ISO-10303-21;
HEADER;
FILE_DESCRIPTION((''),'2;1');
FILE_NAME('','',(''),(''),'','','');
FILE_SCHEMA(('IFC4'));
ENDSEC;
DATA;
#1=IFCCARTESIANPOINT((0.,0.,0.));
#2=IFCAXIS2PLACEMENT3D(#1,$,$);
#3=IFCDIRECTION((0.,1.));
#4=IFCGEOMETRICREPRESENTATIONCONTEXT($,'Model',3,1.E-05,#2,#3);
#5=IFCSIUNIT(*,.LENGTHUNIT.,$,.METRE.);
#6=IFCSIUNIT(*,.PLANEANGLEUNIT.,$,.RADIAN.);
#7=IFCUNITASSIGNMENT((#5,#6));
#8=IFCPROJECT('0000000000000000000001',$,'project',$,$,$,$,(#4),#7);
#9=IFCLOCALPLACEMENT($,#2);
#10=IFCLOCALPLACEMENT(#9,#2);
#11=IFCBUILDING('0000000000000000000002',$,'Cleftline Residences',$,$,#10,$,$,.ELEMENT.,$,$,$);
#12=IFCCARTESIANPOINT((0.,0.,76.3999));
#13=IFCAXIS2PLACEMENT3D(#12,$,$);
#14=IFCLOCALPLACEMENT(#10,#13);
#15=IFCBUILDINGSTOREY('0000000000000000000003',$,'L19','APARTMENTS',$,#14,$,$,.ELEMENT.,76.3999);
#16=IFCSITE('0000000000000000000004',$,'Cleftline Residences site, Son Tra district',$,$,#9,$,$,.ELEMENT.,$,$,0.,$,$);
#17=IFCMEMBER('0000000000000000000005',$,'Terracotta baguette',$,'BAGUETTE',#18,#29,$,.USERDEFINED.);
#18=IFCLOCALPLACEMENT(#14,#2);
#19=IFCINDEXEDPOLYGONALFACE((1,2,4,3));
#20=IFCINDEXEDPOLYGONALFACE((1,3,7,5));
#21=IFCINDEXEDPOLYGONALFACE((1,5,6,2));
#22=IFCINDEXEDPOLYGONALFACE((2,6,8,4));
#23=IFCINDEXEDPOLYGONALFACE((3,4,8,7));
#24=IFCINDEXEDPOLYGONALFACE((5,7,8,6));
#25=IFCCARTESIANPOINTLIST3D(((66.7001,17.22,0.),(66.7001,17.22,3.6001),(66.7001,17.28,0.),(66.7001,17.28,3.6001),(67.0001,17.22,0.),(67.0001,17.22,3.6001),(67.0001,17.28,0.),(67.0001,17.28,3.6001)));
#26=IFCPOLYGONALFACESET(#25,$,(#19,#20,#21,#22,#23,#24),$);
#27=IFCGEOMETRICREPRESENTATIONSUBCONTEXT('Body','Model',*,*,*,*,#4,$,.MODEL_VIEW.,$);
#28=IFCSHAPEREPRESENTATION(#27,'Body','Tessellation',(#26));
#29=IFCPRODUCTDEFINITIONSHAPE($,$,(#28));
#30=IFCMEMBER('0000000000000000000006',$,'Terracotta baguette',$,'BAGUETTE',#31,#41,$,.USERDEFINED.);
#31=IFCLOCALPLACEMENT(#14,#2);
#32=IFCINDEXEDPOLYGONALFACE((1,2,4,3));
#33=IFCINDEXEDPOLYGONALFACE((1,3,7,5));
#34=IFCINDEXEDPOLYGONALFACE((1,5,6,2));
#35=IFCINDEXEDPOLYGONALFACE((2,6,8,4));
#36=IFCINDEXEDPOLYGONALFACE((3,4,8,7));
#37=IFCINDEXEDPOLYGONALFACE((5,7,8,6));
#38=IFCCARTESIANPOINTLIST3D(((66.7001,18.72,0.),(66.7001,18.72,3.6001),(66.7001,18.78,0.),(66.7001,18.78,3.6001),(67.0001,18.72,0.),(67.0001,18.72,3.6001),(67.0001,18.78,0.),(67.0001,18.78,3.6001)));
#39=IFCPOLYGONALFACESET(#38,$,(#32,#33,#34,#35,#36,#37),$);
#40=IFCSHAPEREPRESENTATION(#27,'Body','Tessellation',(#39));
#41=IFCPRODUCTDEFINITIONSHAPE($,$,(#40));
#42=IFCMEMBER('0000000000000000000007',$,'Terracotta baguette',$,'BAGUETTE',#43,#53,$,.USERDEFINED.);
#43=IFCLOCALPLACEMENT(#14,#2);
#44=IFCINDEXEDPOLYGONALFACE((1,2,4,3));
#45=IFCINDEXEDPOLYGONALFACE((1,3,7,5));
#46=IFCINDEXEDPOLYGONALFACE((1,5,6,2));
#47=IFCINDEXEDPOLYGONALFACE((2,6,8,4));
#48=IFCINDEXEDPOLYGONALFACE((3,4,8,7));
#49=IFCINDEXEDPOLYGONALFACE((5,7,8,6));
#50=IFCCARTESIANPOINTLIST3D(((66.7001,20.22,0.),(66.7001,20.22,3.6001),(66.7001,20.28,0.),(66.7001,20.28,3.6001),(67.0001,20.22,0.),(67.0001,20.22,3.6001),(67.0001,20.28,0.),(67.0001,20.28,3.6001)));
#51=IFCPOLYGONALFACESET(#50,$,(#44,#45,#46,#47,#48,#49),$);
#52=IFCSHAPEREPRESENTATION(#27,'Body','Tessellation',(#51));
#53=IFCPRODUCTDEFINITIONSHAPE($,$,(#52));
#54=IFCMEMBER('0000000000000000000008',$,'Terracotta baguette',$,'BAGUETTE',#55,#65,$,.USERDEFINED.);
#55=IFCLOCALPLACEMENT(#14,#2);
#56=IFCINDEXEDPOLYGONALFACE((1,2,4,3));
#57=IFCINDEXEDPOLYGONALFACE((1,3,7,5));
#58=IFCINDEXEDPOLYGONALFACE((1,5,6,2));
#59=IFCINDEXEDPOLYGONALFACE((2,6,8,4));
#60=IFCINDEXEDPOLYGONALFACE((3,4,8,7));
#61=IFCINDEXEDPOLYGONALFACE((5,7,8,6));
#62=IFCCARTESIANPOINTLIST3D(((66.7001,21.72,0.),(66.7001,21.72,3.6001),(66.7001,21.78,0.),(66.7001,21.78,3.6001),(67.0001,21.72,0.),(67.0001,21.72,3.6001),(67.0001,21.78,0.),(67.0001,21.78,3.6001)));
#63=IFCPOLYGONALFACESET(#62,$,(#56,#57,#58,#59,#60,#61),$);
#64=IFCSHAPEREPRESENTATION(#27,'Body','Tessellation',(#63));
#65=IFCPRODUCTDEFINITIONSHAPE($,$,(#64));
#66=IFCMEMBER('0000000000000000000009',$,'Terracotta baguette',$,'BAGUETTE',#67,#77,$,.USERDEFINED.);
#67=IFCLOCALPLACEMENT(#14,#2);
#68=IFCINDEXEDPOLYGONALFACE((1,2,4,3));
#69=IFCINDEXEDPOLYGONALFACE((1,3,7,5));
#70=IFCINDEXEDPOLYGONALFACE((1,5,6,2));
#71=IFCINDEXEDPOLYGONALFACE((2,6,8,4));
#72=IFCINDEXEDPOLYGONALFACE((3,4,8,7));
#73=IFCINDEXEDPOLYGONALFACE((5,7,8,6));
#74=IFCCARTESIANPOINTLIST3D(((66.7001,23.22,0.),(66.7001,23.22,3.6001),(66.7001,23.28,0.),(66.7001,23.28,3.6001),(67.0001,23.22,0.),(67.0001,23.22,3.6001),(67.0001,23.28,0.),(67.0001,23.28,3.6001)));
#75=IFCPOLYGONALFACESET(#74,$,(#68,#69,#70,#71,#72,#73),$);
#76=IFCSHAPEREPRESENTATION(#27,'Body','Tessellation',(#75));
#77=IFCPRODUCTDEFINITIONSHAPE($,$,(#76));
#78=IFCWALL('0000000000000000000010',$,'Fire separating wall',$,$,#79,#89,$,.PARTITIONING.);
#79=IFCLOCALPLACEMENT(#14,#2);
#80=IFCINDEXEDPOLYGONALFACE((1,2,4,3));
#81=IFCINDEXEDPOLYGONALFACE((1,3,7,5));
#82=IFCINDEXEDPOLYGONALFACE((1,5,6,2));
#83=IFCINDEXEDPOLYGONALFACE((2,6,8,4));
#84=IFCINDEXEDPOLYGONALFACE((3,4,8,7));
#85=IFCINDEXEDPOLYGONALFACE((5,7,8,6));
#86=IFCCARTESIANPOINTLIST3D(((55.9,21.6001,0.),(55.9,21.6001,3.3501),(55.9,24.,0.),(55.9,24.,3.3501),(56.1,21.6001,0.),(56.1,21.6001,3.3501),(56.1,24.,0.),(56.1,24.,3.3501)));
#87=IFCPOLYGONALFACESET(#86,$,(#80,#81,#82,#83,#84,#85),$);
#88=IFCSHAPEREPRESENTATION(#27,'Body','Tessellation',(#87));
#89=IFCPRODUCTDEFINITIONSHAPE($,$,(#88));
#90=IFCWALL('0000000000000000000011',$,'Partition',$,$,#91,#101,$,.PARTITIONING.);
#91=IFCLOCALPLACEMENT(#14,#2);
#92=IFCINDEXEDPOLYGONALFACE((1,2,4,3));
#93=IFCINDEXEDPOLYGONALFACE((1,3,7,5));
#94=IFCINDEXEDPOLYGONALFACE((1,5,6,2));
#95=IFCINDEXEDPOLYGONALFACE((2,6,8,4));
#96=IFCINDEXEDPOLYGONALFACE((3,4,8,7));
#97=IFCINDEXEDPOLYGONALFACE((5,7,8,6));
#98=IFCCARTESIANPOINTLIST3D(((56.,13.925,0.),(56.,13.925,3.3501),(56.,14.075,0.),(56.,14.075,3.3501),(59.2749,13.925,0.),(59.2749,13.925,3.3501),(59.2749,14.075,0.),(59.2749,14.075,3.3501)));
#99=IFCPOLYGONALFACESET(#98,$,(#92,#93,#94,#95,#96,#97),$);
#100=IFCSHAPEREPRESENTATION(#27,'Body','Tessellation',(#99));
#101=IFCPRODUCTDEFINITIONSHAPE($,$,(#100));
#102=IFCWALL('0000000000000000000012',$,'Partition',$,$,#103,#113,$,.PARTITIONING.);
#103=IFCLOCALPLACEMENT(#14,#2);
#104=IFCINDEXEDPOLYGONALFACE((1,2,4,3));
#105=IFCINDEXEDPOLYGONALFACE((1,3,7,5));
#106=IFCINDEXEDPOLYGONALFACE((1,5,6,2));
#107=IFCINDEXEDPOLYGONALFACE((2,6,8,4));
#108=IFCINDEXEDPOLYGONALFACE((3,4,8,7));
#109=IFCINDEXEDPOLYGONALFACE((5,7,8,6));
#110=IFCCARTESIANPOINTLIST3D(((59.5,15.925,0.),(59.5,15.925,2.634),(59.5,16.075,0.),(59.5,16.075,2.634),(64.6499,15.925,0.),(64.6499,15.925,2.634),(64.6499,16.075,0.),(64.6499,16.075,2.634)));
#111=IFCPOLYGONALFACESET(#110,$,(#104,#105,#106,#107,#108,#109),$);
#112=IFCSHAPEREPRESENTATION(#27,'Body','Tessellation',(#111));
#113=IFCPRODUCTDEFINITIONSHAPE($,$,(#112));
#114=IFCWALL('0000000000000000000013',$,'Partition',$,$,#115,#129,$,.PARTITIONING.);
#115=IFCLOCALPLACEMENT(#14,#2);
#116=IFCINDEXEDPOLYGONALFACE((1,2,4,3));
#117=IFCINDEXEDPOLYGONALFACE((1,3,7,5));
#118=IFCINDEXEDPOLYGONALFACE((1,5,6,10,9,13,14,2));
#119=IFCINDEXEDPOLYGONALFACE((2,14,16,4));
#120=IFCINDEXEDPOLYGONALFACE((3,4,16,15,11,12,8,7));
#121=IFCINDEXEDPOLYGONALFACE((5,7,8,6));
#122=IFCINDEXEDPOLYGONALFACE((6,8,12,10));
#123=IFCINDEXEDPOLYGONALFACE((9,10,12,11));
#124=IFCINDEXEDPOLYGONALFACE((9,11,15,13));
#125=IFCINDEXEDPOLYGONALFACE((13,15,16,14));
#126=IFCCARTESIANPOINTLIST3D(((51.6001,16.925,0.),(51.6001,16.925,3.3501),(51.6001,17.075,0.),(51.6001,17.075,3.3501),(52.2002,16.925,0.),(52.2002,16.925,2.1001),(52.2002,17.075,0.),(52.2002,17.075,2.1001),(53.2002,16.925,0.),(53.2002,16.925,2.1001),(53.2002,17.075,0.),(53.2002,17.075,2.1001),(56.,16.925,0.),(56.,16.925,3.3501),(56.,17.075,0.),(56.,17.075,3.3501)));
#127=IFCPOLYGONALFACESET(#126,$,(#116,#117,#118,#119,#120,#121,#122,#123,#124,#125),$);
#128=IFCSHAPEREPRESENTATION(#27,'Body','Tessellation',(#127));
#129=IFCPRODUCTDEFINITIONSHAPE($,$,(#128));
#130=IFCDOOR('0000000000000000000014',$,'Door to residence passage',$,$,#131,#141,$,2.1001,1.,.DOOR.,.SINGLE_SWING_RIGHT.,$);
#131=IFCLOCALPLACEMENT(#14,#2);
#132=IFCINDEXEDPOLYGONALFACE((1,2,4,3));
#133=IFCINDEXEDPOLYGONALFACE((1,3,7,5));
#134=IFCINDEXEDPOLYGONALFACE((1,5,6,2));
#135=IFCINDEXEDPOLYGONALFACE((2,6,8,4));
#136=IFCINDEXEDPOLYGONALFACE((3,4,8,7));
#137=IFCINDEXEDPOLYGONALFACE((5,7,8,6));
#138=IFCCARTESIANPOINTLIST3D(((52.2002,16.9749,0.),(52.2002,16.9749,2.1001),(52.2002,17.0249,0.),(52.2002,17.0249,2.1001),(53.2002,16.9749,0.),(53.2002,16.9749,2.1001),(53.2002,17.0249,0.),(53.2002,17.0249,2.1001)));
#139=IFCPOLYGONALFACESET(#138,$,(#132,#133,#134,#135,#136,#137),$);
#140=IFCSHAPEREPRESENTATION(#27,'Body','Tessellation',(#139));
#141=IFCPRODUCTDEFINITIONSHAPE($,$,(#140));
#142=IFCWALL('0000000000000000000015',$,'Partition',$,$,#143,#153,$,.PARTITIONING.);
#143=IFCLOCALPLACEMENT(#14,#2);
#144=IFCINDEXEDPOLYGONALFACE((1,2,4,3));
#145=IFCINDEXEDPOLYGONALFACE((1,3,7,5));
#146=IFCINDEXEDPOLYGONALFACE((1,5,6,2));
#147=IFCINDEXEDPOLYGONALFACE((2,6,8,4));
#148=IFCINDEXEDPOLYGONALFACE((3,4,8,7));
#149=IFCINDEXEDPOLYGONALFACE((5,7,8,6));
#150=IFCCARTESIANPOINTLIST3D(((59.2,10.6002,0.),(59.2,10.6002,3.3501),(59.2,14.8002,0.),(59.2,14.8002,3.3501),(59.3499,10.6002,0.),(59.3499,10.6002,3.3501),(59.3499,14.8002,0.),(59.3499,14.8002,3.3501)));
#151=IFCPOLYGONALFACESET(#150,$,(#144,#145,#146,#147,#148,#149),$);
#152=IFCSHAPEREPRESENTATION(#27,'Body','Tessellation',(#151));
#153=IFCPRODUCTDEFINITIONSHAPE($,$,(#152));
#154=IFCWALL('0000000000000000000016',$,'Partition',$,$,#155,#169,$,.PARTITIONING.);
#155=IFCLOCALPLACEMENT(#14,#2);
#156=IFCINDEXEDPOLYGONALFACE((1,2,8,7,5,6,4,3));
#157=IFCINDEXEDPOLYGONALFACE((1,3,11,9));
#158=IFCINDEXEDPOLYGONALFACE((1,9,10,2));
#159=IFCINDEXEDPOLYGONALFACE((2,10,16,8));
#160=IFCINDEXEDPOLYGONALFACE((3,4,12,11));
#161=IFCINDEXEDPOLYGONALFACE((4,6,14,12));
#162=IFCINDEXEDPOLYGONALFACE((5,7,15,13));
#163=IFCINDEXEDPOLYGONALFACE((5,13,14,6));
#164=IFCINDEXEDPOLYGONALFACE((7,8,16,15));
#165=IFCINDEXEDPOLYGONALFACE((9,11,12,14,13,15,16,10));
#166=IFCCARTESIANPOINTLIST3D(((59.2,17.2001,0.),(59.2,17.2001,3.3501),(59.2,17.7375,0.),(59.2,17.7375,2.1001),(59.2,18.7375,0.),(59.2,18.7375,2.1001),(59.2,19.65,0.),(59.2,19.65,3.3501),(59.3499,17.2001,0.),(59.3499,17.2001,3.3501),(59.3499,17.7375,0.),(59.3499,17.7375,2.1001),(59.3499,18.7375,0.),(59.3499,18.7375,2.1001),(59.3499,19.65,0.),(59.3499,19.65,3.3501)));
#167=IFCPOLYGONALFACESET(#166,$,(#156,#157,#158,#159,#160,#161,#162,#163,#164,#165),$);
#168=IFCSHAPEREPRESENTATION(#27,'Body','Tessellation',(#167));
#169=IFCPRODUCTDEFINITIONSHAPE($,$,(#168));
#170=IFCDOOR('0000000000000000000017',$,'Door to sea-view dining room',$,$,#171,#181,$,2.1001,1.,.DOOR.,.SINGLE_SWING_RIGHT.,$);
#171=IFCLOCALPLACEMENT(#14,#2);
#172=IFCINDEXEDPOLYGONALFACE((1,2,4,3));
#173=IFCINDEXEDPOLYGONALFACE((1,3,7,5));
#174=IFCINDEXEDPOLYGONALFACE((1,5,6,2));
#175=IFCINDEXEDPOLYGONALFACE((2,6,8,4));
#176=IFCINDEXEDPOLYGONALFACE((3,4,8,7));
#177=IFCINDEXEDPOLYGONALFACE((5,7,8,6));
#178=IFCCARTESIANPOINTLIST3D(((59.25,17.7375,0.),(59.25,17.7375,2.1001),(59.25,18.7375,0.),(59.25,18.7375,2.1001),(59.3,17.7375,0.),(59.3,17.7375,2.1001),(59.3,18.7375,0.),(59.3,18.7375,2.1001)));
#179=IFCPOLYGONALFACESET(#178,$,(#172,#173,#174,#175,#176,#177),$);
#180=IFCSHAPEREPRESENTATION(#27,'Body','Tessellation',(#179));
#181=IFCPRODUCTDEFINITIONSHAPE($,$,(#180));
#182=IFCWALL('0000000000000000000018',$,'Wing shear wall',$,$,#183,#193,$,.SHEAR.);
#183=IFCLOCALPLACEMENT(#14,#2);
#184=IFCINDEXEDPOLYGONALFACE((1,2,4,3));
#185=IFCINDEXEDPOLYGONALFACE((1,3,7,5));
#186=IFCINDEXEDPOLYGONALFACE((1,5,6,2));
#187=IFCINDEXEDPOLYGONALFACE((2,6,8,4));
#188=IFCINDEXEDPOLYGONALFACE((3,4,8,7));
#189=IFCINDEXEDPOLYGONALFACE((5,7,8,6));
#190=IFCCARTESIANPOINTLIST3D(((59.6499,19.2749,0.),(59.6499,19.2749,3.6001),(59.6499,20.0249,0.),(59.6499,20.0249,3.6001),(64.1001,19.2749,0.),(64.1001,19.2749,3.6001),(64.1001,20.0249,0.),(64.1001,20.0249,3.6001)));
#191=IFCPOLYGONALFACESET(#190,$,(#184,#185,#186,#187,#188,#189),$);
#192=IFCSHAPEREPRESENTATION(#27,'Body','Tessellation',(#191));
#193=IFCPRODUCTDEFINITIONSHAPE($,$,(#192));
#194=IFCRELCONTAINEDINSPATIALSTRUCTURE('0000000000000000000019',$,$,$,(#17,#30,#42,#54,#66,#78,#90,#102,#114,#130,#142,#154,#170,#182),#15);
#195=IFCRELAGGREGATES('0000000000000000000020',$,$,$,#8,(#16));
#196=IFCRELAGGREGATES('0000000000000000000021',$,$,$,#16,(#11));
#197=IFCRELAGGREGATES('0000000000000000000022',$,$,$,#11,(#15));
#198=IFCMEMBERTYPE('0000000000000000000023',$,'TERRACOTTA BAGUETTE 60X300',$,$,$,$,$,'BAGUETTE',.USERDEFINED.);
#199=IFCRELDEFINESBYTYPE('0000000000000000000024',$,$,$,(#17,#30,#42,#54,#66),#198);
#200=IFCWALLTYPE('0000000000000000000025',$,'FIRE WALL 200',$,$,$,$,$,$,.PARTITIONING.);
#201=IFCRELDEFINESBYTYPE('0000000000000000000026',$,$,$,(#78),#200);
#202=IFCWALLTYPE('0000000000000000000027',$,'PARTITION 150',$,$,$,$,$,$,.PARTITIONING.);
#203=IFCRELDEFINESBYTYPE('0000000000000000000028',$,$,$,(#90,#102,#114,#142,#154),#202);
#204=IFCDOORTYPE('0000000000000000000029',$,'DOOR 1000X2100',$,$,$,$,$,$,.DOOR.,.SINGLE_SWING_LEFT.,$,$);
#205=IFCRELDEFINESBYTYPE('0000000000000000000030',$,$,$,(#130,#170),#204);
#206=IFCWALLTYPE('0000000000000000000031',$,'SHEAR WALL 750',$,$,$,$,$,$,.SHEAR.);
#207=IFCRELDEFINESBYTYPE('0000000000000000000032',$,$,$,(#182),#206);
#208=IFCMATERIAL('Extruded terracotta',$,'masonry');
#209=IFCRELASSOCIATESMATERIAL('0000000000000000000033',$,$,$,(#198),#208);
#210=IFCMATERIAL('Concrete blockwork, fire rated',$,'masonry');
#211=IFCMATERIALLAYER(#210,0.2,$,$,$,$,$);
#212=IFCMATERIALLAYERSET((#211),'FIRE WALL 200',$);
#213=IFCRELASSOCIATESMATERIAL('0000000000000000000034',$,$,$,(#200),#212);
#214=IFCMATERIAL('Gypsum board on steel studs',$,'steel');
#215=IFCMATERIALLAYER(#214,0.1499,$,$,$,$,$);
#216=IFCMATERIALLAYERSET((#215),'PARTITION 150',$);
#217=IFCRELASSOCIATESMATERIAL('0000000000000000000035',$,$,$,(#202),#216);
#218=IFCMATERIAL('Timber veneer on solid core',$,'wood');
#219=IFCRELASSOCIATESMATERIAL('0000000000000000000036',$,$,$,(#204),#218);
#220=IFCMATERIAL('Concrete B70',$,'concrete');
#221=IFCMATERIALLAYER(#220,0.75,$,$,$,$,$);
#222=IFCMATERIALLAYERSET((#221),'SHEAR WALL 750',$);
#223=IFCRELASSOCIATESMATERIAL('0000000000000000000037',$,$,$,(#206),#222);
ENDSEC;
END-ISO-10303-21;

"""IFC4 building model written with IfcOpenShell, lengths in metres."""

from ifc_helpers import new_model, si_unit, direction, frame, frame_2d, origin, origin_2d, place, context, subcontext, project, spatial, rectangle, extrude, material, layer, layer_set, material_profile, profile_set, type_object, element, fill, save


model = new_model("IFC4")

# Units and contexts
model_context = context("Model", 3, precision=1e-05, world=origin(), true_north=direction((0.0, 1.0)))
body_context = subcontext(model_context, "Body", "Model", "MODEL_VIEW")
ifc_project = project(units=[si_unit("LENGTHUNIT", "METRE"), si_unit("PLANEANGLEUNIT", "RADIAN")], contexts=[model_context])

# Site, building, storey
site_placement = place(None, origin())
site = spatial("IfcSite", under=ifc_project, at=site_placement, Name="Cleftline Residences site, Son Tra district", CompositionType="ELEMENT", RefElevation=0.0)
building_placement = place(site_placement, origin())
building = spatial("IfcBuilding", under=site, at=building_placement, Name="Cleftline Residences", CompositionType="ELEMENT")
storey_placement = place(building_placement, frame((0.0, 0.0, 76.3999)))
storey = spatial("IfcBuildingStorey", under=building, at=storey_placement, Name="L19", Description="APARTMENTS", CompositionType="ELEMENT", Elevation=76.3999)

# Members
ifc_material_1 = material(Name="Extruded terracotta", Category="masonry")
ifc_material_profile_1 = material_profile(ifc_material_1, rectangle(XDim=0.0601, YDim=0.3, at=origin_2d()))
ifc_profile_set_1 = profile_set([ifc_material_profile_1], Name="Extruded terracotta")
member_type_1 = type_object("IfcMemberType", Name="TERRACOTTA BAGUETTE 60X300", ElementType="BAGUETTE", PredefinedType="USERDEFINED", material=ifc_profile_set_1)
for number, where, z_axis, x_axis, name in (
    (1, (66.8501, 17.25, 0.0), (0.0, 0.0, 1.0), (0.0, 1.0, 0.0), "Terracotta baguette"),
    (2, (66.8501, 18.75, 0.0), (0.0, 0.0, 1.0), (0.0, 1.0, 0.0), "Terracotta baguette"),
    (3, (66.8501, 20.25, 0.0), (0.0, 0.0, 1.0), (0.0, 1.0, 0.0), "Terracotta baguette"),
    (4, (66.8501, 21.75, 0.0), (0.0, 0.0, 1.0), (0.0, 1.0, 0.0), "Terracotta baguette"),
    (5, (66.8501, 23.25, 0.0), (0.0, 0.0, 1.0), (0.0, 1.0, 0.0), "Terracotta baguette"),
):
    element("IfcMember", number, at=place(storey_placement, frame(where, z_axis=z_axis, x_axis=x_axis)), inside=storey, type_object=member_type_1, Name=name, ObjectType="BAGUETTE", PredefinedType="USERDEFINED", context=body_context, shape_type="SweptSolid", body=[
        extrude(rectangle(XDim=0.0601, YDim=0.3, at=origin_2d()), origin(), (0.0, 0.0, 1.0), 3.6001),
    ])

# Walls
ifc_material_2 = material(Name="Concrete blockwork, fire rated", Category="masonry")
ifc_layer_1 = layer(ifc_material_2, 0.2)
ifc_layer_set_1 = layer_set([ifc_layer_1], Name="FIRE WALL 200")
wall_type_1 = type_object("IfcWallType", Name="FIRE WALL 200", PredefinedType="PARTITIONING", material=ifc_layer_set_1)
wall_1_placement = place(storey_placement, frame((56.0, 21.6001, 0.0), z_axis=(0.0, 0.0, 1.0), x_axis=(0.0, 1.0, 0.0)))
element("IfcWall", 6, at=wall_1_placement, inside=storey, type_object=wall_type_1, Name="Fire separating wall", PredefinedType="PARTITIONING", context=body_context, shape_type="SweptSolid", body=[
    extrude(rectangle(XDim=2.3999, YDim=0.2, at=frame_2d((1.2, 0.0))), origin(), (0.0, 0.0, 1.0), 3.3501),
])
ifc_material_3 = material(Name="Gypsum board on steel studs", Category="steel")
ifc_layer_2 = layer(ifc_material_3, 0.1499)
ifc_layer_set_2 = layer_set([ifc_layer_2], Name="PARTITION 150")
wall_type_2 = type_object("IfcWallType", Name="PARTITION 150", PredefinedType="PARTITIONING", material=ifc_layer_set_2)
wall_2_placement = place(storey_placement, frame((56.0, 14.0, 0.0), z_axis=(0.0, 0.0, 1.0), x_axis=(1.0, 0.0, 0.0)))
element("IfcWall", 7, at=wall_2_placement, inside=storey, type_object=wall_type_2, Name="Partition", PredefinedType="PARTITIONING", context=body_context, shape_type="SweptSolid", body=[
    extrude(rectangle(XDim=3.2749, YDim=0.1499, at=frame_2d((1.6375, 0.0))), origin(), (0.0, 0.0, 1.0), 3.3501),
])
wall_3_placement = place(storey_placement, frame((59.5, 16.0, 0.0), z_axis=(0.0, 0.0, 1.0), x_axis=(1.0, 0.0, 0.0)))
element("IfcWall", 8, at=wall_3_placement, inside=storey, type_object=wall_type_2, Name="Partition", PredefinedType="PARTITIONING", context=body_context, shape_type="SweptSolid", body=[
    extrude(rectangle(XDim=5.1499, YDim=0.1499, at=frame_2d((2.575, 0.0))), origin(), (0.0, 0.0, 1.0), 2.634),
])

# Wall, opening, door
wall_4_placement = place(storey_placement, frame((51.6001, 17.0, 0.0), z_axis=(0.0, 0.0, 1.0), x_axis=(1.0, 0.0, 0.0)))
wall_4 = element("IfcWall", 9, at=wall_4_placement, inside=storey, type_object=wall_type_2, Name="Partition", PredefinedType="PARTITIONING", context=body_context, shape_type="SweptSolid", body=[
    extrude(rectangle(XDim=4.3999, YDim=0.1499, at=frame_2d((2.2, 0.0))), origin(), (0.0, 0.0, 1.0), 3.3501),
])
opening_1_placement = place(wall_4_placement, frame((0.6001, 0.0, 0.0)))
opening_1 = element("IfcOpeningElement", 10, at=opening_1_placement, cuts=wall_4, PredefinedType="OPENING", context=body_context, shape_type="SweptSolid", body=[
    extrude(rectangle(XDim=1.0, YDim=2.1001, at=frame_2d((0.5, 1.05))), frame((0.0, 0.085, 0.0), z_axis=(0.0, -1.0, 0.0), x_axis=(1.0, 0.0, 0.0)), (0.0, 0.0, 1.0), 0.1699),
])
ifc_material_4 = material(Name="Timber veneer on solid core", Category="wood")
door_type = type_object("IfcDoorType", Name="DOOR 1000X2100", OperationType="SINGLE_SWING_LEFT", PredefinedType="DOOR", material=ifc_material_4)
door_1_placement = place(opening_1_placement, origin())
door_1 = element("IfcDoor", 11, at=door_1_placement, inside=storey, type_object=door_type, Name="Door to residence passage", OperationType="SINGLE_SWING_RIGHT", OverallHeight=2.1001, OverallWidth=1.0, PredefinedType="DOOR", context=body_context, shape_type="SweptSolid", body=[
    extrude(rectangle(XDim=1.0, YDim=2.1001, at=frame_2d((0.5, 1.05))), frame((0.0, 0.0249, 0.0), z_axis=(0.0, -1.0, 0.0), x_axis=(1.0, 0.0, 0.0)), (0.0, 0.0, 1.0), 0.05),
])
fill(opening_1, door_1)

# Wall
wall_5_placement = place(storey_placement, frame((59.2749, 10.6001, 0.0), z_axis=(0.0, 0.0, 1.0), x_axis=(0.0, 1.0, 0.0)))
element("IfcWall", 12, at=wall_5_placement, inside=storey, type_object=wall_type_2, Name="Partition", PredefinedType="PARTITIONING", context=body_context, shape_type="SweptSolid", body=[
    extrude(rectangle(XDim=4.2, YDim=0.1499, at=frame_2d((2.1001, 0.0))), origin(), (0.0, 0.0, 1.0), 3.3501),
])

# Wall, opening, door
wall_6_placement = place(storey_placement, frame((59.2749, 17.2, 0.0), z_axis=(0.0, 0.0, 1.0), x_axis=(0.0, 1.0, 0.0)))
wall_6 = element("IfcWall", 13, at=wall_6_placement, inside=storey, type_object=wall_type_2, Name="Partition", PredefinedType="PARTITIONING", context=body_context, shape_type="SweptSolid", body=[
    extrude(rectangle(XDim=2.45, YDim=0.1499, at=frame_2d((1.2251, 0.0))), origin(), (0.0, 0.0, 1.0), 3.3501),
])
opening_2_placement = place(wall_6_placement, frame((0.5376, 0.0, 0.0)))
opening_2 = element("IfcOpeningElement", 14, at=opening_2_placement, cuts=wall_6, PredefinedType="OPENING", context=body_context, shape_type="SweptSolid", body=[
    extrude(rectangle(XDim=1.0, YDim=2.1001, at=frame_2d((0.5, 1.05))), frame((0.0, 0.085, 0.0), z_axis=(0.0, -1.0, 0.0), x_axis=(1.0, 0.0, 0.0)), (0.0, 0.0, 1.0), 0.1699),
])
door_2_placement = place(opening_2_placement, origin())
door_2 = element("IfcDoor", 15, at=door_2_placement, inside=storey, type_object=door_type, Name="Door to sea-view dining room", OperationType="SINGLE_SWING_RIGHT", OverallHeight=2.1001, OverallWidth=1.0, PredefinedType="DOOR", context=body_context, shape_type="SweptSolid", body=[
    extrude(rectangle(XDim=1.0, YDim=2.1001, at=frame_2d((0.5, 1.05))), frame((0.0, 0.0249, 0.0), z_axis=(0.0, -1.0, 0.0), x_axis=(1.0, 0.0, 0.0)), (0.0, 0.0, 1.0), 0.05),
])
fill(opening_2, door_2)

# Wall
ifc_material_5 = material(Name="Concrete B70", Category="concrete")
ifc_layer_3 = layer(ifc_material_5, 0.75)
ifc_layer_set_3 = layer_set([ifc_layer_3], Name="SHEAR WALL 750")
wall_type_3 = type_object("IfcWallType", Name="SHEAR WALL 750", PredefinedType="SHEAR", material=ifc_layer_set_3)
wall_7_placement = place(storey_placement, frame((59.6499, 19.6499, 0.0), z_axis=(0.0, 0.0, 1.0), x_axis=(1.0, 0.0, 0.0)))
element("IfcWall", 16, at=wall_7_placement, inside=storey, type_object=wall_type_3, Name="Wing shear wall", PredefinedType="SHEAR", context=body_context, shape_type="SweptSolid", body=[
    extrude(rectangle(XDim=4.4502, YDim=0.75, at=frame_2d((2.2251, 0.0))), origin(), (0.0, 0.0, 1.0), 3.6001),
])

save(model, "model.ifc")
